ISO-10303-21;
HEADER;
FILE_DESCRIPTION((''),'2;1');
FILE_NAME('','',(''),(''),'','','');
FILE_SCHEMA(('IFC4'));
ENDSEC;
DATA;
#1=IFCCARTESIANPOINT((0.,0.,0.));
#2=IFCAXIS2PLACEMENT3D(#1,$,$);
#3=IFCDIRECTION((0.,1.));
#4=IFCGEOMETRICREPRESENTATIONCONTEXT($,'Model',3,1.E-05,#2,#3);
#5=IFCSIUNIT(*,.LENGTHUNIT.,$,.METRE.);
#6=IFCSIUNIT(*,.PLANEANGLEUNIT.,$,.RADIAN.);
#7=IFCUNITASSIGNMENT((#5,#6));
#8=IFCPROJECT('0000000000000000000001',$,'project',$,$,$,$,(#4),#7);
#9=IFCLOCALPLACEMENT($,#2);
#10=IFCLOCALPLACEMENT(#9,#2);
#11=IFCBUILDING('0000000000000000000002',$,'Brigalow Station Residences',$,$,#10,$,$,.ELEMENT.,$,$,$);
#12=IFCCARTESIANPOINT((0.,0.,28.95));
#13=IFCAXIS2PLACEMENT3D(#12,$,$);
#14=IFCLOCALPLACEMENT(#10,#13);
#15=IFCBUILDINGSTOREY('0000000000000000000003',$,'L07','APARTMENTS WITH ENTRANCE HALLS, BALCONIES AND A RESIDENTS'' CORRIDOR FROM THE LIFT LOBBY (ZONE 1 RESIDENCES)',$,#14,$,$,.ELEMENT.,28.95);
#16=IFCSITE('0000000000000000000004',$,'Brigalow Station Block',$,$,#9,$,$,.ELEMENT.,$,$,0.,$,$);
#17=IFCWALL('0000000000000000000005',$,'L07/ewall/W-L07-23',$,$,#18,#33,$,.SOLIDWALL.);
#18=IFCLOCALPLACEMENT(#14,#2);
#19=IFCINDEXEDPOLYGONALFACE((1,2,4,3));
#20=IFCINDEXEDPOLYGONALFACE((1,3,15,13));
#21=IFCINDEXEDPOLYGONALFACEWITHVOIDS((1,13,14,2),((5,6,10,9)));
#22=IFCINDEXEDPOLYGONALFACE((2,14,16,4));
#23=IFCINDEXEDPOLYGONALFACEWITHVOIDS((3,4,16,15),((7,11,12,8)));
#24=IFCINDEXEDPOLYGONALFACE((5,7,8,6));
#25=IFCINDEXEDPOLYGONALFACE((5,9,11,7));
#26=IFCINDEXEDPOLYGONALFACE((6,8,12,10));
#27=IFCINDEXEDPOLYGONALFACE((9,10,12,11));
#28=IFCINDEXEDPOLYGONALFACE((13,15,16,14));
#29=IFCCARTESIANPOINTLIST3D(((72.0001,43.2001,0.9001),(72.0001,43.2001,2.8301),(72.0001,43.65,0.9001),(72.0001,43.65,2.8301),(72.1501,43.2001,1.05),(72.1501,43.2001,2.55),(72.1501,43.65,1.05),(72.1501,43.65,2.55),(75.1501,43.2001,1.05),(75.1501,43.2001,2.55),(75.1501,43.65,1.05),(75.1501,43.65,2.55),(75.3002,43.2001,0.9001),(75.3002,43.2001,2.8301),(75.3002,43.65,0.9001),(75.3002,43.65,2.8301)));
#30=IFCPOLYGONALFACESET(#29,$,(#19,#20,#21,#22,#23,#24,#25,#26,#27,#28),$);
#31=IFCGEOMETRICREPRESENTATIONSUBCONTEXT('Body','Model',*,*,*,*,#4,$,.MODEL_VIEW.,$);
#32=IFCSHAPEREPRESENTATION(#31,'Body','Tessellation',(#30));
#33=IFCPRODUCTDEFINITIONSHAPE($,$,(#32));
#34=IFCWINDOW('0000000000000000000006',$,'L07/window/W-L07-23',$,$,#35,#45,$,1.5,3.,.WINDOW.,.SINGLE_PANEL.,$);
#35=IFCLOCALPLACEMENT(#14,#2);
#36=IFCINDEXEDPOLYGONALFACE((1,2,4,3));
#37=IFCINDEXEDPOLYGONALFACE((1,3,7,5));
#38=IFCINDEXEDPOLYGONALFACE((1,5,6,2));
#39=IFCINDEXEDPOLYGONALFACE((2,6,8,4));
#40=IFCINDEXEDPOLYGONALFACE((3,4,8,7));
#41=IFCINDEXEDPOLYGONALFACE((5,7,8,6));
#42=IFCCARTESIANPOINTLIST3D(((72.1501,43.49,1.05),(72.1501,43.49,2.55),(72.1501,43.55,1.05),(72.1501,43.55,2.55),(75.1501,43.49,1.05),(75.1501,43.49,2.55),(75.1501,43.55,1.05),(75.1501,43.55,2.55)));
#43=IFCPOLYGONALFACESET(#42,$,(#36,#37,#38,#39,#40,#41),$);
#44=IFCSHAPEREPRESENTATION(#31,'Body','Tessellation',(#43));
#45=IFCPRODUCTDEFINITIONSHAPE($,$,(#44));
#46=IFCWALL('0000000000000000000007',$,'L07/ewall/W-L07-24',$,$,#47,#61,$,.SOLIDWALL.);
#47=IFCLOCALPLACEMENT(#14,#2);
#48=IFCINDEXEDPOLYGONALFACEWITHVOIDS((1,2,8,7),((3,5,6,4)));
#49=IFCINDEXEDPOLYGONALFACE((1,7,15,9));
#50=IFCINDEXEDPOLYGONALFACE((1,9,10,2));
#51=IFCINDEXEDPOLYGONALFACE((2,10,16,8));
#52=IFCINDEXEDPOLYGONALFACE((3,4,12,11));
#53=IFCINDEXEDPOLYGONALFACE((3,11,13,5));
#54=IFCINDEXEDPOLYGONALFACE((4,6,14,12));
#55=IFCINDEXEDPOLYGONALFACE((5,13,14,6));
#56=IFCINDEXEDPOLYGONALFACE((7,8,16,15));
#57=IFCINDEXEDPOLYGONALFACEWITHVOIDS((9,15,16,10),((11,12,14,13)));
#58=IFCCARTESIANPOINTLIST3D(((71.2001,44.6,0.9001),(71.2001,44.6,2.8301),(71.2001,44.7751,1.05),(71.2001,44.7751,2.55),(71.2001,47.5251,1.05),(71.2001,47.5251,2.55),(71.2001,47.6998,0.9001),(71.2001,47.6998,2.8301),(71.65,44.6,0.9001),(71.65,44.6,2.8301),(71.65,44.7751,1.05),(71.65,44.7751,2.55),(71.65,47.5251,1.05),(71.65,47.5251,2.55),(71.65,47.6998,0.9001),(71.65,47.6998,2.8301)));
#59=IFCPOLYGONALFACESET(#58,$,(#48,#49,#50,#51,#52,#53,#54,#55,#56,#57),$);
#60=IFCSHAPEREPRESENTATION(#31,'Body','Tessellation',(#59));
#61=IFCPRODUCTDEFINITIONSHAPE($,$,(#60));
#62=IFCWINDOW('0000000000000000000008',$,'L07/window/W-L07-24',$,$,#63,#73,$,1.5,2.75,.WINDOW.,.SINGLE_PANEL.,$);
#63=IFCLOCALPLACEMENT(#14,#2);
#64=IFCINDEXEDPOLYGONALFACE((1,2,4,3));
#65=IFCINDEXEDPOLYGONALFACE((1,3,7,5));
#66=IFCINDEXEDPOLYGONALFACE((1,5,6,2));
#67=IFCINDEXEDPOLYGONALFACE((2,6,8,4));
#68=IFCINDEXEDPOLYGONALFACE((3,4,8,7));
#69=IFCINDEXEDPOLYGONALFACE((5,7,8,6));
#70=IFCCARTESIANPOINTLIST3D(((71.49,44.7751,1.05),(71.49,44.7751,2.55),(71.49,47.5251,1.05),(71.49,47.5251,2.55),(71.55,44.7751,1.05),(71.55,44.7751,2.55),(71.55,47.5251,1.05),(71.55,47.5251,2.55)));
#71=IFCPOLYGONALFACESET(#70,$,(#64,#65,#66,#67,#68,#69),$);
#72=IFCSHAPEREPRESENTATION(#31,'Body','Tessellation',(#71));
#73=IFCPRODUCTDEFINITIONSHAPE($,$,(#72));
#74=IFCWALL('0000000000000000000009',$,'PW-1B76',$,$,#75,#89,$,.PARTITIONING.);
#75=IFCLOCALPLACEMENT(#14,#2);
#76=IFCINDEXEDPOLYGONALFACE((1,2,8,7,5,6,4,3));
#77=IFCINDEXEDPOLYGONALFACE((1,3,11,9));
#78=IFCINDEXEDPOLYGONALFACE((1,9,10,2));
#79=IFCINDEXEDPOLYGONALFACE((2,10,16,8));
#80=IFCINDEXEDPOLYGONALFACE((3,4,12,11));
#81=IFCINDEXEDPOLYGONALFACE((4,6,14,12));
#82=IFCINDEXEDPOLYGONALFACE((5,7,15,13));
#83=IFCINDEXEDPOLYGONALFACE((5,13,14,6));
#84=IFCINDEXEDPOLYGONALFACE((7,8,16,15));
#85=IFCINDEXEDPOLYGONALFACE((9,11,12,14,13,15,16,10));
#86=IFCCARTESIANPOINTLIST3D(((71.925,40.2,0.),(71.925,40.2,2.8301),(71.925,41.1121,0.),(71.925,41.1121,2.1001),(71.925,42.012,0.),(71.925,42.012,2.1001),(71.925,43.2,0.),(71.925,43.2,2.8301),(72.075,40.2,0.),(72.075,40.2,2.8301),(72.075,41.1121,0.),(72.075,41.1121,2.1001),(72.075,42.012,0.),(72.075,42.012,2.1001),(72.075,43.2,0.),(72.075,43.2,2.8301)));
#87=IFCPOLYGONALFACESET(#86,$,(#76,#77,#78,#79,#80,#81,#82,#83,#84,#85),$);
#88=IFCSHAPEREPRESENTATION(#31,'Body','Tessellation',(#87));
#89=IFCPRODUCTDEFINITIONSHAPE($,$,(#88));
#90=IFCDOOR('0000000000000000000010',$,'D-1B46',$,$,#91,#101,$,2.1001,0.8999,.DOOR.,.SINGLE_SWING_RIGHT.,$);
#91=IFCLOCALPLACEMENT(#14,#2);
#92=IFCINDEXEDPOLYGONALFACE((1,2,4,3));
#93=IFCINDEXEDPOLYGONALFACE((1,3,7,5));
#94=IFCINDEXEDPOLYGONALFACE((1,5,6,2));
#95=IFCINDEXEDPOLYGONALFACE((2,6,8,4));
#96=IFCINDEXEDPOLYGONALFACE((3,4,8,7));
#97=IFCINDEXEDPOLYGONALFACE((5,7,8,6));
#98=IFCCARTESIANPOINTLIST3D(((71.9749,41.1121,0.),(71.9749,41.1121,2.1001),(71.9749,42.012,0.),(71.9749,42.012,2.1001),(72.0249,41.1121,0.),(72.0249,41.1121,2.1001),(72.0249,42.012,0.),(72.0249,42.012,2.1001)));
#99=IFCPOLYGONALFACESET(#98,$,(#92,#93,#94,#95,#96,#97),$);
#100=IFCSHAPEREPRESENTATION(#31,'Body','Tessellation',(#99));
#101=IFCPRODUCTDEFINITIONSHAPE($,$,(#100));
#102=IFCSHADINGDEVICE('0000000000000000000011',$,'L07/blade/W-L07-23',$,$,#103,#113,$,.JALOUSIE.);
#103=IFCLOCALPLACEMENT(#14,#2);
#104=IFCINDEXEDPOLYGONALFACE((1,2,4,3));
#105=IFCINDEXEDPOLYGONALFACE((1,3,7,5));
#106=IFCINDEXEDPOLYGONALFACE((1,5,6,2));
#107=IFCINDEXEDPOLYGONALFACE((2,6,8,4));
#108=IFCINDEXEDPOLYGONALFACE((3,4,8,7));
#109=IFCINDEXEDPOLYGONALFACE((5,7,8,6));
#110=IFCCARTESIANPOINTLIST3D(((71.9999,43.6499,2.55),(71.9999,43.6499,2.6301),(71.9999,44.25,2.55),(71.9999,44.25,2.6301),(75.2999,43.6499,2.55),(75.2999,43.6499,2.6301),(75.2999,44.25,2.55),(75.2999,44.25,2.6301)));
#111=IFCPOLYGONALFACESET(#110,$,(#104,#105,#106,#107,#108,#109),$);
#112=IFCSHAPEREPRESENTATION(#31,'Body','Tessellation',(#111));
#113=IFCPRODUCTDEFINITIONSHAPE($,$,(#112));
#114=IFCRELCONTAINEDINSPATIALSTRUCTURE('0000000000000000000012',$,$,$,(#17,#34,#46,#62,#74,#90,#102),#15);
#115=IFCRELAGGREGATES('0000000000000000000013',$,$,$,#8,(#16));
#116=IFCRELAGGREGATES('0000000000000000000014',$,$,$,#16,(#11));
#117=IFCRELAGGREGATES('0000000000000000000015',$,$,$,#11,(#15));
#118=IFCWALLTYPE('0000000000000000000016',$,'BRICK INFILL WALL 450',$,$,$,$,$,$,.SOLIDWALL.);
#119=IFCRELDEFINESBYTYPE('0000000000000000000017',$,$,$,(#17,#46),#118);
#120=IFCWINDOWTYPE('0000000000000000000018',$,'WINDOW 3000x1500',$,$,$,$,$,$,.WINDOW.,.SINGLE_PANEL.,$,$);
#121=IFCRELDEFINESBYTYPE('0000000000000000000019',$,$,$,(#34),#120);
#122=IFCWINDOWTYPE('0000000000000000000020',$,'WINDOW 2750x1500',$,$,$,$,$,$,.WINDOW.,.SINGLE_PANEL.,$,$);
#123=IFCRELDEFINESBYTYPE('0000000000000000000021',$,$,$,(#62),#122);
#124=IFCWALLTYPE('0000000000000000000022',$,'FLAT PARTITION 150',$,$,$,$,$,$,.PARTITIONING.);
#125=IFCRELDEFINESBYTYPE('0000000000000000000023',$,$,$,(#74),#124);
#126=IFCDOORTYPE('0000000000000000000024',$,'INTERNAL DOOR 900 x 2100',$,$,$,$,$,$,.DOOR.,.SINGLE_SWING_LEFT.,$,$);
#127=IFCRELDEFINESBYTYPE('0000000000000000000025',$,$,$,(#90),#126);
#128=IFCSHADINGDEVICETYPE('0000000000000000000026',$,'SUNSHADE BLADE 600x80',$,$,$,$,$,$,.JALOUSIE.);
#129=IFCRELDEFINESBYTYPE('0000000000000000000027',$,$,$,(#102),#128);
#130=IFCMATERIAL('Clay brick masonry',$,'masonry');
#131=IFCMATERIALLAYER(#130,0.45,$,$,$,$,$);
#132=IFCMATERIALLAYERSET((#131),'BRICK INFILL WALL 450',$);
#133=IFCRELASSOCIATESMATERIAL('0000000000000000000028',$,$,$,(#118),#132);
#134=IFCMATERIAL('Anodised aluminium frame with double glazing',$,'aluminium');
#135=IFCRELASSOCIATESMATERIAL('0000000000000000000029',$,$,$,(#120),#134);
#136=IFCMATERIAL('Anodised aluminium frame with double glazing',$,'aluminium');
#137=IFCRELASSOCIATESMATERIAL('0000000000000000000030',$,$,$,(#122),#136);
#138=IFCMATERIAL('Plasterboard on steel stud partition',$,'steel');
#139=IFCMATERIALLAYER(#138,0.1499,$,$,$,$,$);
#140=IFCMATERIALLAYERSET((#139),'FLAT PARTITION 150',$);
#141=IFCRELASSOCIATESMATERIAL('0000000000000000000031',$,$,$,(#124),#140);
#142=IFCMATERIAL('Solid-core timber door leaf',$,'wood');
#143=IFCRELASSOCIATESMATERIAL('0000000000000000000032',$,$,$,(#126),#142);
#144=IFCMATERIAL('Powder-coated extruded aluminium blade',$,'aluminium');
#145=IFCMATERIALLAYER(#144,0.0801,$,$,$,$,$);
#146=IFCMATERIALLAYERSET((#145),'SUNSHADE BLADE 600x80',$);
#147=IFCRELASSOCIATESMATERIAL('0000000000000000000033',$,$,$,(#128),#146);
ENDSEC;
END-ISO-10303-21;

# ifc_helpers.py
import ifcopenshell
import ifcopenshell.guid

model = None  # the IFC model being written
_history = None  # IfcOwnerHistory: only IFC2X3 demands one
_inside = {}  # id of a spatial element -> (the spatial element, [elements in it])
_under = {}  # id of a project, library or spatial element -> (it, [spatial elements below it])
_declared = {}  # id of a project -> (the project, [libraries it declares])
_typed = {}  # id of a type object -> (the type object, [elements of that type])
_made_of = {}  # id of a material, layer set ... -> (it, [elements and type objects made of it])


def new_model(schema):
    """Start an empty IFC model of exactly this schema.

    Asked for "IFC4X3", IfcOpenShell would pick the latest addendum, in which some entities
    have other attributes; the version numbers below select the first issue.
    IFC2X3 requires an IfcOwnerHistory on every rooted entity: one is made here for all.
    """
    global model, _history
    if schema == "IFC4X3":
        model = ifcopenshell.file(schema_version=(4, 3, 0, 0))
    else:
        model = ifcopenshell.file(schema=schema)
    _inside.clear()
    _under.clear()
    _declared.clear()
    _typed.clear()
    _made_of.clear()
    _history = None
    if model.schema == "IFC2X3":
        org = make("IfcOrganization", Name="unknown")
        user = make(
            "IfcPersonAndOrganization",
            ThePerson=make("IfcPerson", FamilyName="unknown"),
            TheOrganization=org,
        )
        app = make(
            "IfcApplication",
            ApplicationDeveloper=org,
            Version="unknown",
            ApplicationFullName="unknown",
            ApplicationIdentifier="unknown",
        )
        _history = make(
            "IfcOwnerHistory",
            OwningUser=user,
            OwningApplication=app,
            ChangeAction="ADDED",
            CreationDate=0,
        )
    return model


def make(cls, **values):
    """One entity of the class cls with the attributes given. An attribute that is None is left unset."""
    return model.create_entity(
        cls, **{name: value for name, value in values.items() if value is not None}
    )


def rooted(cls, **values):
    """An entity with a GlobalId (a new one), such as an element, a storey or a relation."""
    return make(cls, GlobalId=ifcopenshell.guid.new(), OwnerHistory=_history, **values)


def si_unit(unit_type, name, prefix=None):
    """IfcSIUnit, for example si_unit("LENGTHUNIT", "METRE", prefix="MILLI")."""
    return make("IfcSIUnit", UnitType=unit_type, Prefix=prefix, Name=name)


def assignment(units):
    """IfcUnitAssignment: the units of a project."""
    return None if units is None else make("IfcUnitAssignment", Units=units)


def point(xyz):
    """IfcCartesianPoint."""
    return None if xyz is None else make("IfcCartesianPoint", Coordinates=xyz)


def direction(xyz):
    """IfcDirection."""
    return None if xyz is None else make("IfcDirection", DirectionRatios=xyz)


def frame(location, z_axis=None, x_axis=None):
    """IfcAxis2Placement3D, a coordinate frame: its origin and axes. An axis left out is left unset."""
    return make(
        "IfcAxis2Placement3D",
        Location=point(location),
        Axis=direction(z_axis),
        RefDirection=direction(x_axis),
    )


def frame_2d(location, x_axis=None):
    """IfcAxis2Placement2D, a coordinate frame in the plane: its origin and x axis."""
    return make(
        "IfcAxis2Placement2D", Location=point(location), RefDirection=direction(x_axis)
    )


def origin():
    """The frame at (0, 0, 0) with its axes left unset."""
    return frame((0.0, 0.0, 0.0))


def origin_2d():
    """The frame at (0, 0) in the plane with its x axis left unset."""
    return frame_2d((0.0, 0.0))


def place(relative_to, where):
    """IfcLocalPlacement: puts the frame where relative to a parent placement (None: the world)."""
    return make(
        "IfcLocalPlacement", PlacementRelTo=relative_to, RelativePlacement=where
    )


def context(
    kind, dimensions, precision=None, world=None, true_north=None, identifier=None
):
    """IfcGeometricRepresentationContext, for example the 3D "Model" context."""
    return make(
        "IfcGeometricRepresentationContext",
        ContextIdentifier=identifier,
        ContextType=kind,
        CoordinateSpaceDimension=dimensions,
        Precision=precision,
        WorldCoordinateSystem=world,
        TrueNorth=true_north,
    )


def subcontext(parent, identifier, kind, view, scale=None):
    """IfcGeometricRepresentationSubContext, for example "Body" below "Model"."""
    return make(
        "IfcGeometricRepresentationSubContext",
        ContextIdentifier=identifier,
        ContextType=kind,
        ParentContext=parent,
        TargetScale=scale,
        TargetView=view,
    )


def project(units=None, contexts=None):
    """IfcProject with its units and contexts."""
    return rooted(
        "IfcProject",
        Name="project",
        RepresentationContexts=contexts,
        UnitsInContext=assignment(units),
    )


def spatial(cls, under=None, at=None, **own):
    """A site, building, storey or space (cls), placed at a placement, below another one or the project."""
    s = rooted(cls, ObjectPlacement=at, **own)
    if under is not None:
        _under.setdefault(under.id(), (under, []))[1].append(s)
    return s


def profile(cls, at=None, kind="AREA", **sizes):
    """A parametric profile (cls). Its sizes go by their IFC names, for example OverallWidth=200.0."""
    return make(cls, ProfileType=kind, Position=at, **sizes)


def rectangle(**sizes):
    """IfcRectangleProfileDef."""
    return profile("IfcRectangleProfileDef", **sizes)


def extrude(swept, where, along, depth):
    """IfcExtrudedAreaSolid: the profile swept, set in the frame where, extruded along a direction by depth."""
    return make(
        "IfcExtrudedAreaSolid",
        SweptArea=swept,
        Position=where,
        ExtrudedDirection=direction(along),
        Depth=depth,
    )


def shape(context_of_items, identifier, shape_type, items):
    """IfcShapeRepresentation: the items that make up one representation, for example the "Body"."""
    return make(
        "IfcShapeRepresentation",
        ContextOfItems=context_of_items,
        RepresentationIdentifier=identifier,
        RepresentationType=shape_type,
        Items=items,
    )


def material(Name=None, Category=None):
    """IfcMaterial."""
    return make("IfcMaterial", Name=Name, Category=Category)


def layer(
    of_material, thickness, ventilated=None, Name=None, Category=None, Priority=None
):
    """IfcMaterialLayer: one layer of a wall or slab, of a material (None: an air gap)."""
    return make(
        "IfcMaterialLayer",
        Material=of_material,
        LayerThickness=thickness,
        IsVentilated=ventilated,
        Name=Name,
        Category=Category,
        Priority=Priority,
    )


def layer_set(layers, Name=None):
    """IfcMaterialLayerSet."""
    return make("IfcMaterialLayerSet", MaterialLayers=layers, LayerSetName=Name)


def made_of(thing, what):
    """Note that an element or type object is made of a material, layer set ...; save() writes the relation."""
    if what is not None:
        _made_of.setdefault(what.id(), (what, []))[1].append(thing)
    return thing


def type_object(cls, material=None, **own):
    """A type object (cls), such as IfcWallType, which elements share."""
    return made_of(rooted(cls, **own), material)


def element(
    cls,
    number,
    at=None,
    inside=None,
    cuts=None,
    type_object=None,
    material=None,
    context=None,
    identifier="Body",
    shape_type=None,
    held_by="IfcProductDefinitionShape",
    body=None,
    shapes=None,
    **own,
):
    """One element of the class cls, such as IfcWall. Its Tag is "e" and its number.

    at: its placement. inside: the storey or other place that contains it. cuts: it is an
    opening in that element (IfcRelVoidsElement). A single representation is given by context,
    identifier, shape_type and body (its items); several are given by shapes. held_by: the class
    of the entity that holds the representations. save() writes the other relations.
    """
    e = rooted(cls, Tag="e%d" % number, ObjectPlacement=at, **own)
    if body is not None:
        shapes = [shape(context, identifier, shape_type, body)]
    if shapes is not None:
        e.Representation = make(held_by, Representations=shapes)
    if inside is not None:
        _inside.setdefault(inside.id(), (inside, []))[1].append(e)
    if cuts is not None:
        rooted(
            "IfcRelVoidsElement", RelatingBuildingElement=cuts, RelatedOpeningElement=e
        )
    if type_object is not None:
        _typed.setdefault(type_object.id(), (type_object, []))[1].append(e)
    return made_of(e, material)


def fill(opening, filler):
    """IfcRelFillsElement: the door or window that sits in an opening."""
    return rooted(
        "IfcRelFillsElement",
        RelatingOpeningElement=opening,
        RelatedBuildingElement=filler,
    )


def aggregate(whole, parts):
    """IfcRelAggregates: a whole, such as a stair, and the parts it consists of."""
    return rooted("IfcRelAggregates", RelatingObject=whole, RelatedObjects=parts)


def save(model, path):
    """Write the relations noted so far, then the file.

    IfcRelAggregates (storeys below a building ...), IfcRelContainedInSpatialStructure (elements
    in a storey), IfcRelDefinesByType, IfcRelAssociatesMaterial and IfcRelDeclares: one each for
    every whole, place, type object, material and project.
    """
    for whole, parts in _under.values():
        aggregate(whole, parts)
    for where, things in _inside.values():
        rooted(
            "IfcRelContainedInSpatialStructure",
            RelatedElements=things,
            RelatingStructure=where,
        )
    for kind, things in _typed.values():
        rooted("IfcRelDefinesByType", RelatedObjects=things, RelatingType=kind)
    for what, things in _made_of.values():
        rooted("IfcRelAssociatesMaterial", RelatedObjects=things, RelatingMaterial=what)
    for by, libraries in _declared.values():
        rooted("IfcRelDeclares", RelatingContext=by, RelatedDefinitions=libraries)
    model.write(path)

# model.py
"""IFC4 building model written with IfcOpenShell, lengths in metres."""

from ifc_helpers import new_model, si_unit, direction, frame, frame_2d, origin, origin_2d, place, context, subcontext, project, spatial, rectangle, extrude, material, layer, layer_set, type_object, element, fill, save


model = new_model("IFC4")

# Units and contexts
model_context = context("Model", 3, precision=1e-05, world=origin(), true_north=direction((0.0, 1.0)))
body_context = subcontext(model_context, "Body", "Model", "MODEL_VIEW")
ifc_project = project(units=[si_unit("LENGTHUNIT", "METRE"), si_unit("PLANEANGLEUNIT", "RADIAN")], contexts=[model_context])

# Site, building, storey
site_placement = place(None, origin())
site = spatial("IfcSite", under=ifc_project, at=site_placement, Name="Brigalow Station Block", CompositionType="ELEMENT", RefElevation=0.0)
building_placement = place(site_placement, origin())
building = spatial("IfcBuilding", under=site, at=building_placement, Name="Brigalow Station Residences", CompositionType="ELEMENT")
storey_placement = place(building_placement, frame((0.0, 0.0, 28.95)))
storey = spatial("IfcBuildingStorey", under=building, at=storey_placement, Name="L07", Description="APARTMENTS WITH ENTRANCE HALLS, BALCONIES AND A RESIDENTS' CORRIDOR FROM THE LIFT LOBBY (ZONE 1 RESIDENCES)", CompositionType="ELEMENT", Elevation=28.95)

# Walls, openings, windows
ifc_material_1 = material(Name="Clay brick masonry", Category="masonry")
ifc_layer_1 = layer(ifc_material_1, 0.45)
ifc_layer_set_1 = layer_set([ifc_layer_1], Name="BRICK INFILL WALL 450")
wall_type_1 = type_object("IfcWallType", Name="BRICK INFILL WALL 450", PredefinedType="SOLIDWALL", material=ifc_layer_set_1)
wall_1_placement = place(storey_placement, frame((75.3, 43.425, 0.9001), z_axis=(0.0, 0.0, 1.0), x_axis=(-1.0, 0.0, 0.0)))
wall_1 = element("IfcWall", 1, at=wall_1_placement, inside=storey, type_object=wall_type_1, Name="L07/ewall/W-L07-23", PredefinedType="SOLIDWALL", context=body_context, shape_type="SweptSolid", body=[
    extrude(rectangle(XDim=3.3, YDim=0.45, at=frame_2d((1.6499, 0.0))), origin(), (0.0, 0.0, 1.0), 1.9299),
])
opening_1_placement = place(wall_1_placement, frame((0.1499, 0.0, 0.1499)))
opening_1 = element("IfcOpeningElement", 2, at=opening_1_placement, cuts=wall_1, PredefinedType="OPENING", context=body_context, shape_type="SweptSolid", body=[
    extrude(rectangle(XDim=3.0, YDim=1.5, at=frame_2d((1.5, 0.75))), frame((0.0, 0.2349, 0.0), z_axis=(0.0, -1.0, 0.0), x_axis=(1.0, 0.0, 0.0)), (0.0, 0.0, 1.0), 0.47),
])
ifc_material_2 = material(Name="Anodised aluminium frame with double glazing", Category="aluminium")
window_type_1 = type_object("IfcWindowType", Name="WINDOW 3000x1500", PartitioningType="SINGLE_PANEL", PredefinedType="WINDOW", material=ifc_material_2)
window_1_placement = place(opening_1_placement, origin())
window_1 = element("IfcWindow", 3, at=window_1_placement, inside=storey, type_object=window_type_1, Name="L07/window/W-L07-23", OverallHeight=1.5, OverallWidth=3.0, PartitioningType="SINGLE_PANEL", PredefinedType="WINDOW", context=body_context, shape_type="SweptSolid", body=[
    extrude(rectangle(XDim=3.0, YDim=1.5, at=frame_2d((1.5, 0.75))), frame((0.0, -0.0649, 0.0), z_axis=(0.0, -1.0, 0.0), x_axis=(1.0, 0.0, 0.0)), (0.0, 0.0, 1.0), 0.0601),
])
fill(opening_1, window_1)
wall_2_placement = place(storey_placement, frame((71.425, 44.6001, 0.9001), z_axis=(0.0, 0.0, 1.0), x_axis=(0.0, 1.0, 0.0)))
wall_2 = element("IfcWall", 4, at=wall_2_placement, inside=storey, type_object=wall_type_1, Name="L07/ewall/W-L07-24", PredefinedType="SOLIDWALL", context=body_context, shape_type="SweptSolid", body=[
    extrude(rectangle(XDim=3.0999, YDim=0.45, at=frame_2d((1.5498, 0.0))), origin(), (0.0, 0.0, 1.0), 1.9299),
])
opening_2_placement = place(wall_2_placement, frame((0.175, 0.0, 0.1499)))
opening_2 = element("IfcOpeningElement", 5, at=opening_2_placement, cuts=wall_2, PredefinedType="OPENING", context=body_context, shape_type="SweptSolid", body=[
    extrude(rectangle(XDim=2.75, YDim=1.5, at=frame_2d((1.375, 0.75))), frame((0.0, 0.2349, 0.0), z_axis=(0.0, -1.0, 0.0), x_axis=(1.0, 0.0, 0.0)), (0.0, 0.0, 1.0), 0.47),
])
ifc_material_3 = material(Name="Anodised aluminium frame with double glazing", Category="aluminium")
window_type_2 = type_object("IfcWindowType", Name="WINDOW 2750x1500", PartitioningType="SINGLE_PANEL", PredefinedType="WINDOW", material=ifc_material_3)
window_2_placement = place(opening_2_placement, origin())
window_2 = element("IfcWindow", 6, at=window_2_placement, inside=storey, type_object=window_type_2, Name="L07/window/W-L07-24", OverallHeight=1.5, OverallWidth=2.75, PartitioningType="SINGLE_PANEL", PredefinedType="WINDOW", context=body_context, shape_type="SweptSolid", body=[
    extrude(rectangle(XDim=2.75, YDim=1.5, at=frame_2d((1.375, 0.75))), frame((0.0, -0.0649, 0.0), z_axis=(0.0, -1.0, 0.0), x_axis=(1.0, 0.0, 0.0)), (0.0, 0.0, 1.0), 0.0601),
])
fill(opening_2, window_2)

# Wall, opening, door
ifc_material_4 = material(Name="Plasterboard on steel stud partition", Category="steel")
ifc_layer_2 = layer(ifc_material_4, 0.1499)
ifc_layer_set_2 = layer_set([ifc_layer_2], Name="FLAT PARTITION 150")
wall_type_2 = type_object("IfcWallType", Name="FLAT PARTITION 150", PredefinedType="PARTITIONING", material=ifc_layer_set_2)
wall_3_placement = place(storey_placement, frame((72.0, 40.2, 0.0), z_axis=(0.0, 0.0, 1.0), x_axis=(0.0, 1.0, 0.0)))
wall_3 = element("IfcWall", 7, at=wall_3_placement, inside=storey, type_object=wall_type_2, Name="PW-1B76", PredefinedType="PARTITIONING", context=body_context, shape_type="SweptSolid", body=[
    extrude(rectangle(XDim=3.0, YDim=0.1499, at=frame_2d((1.5, 0.0))), origin(), (0.0, 0.0, 1.0), 2.8301),
])
opening_3_placement = place(wall_3_placement, frame((0.9121, 0.0, 0.0)))
opening_3 = element("IfcOpeningElement", 8, at=opening_3_placement, cuts=wall_3, PredefinedType="OPENING", context=body_context, shape_type="SweptSolid", body=[
    extrude(rectangle(XDim=0.8999, YDim=2.1001, at=frame_2d((0.45, 1.05))), frame((0.0, 0.085, 0.0), z_axis=(0.0, -1.0, 0.0), x_axis=(1.0, 0.0, 0.0)), (0.0, 0.0, 1.0), 0.1699),
])
ifc_material_5 = material(Name="Solid-core timber door leaf", Category="wood")
door_type = type_object("IfcDoorType", Name="INTERNAL DOOR 900 x 2100", OperationType="SINGLE_SWING_LEFT", PredefinedType="DOOR", material=ifc_material_5)
door_placement = place(opening_3_placement, frame((0.8999, 0.0, 0.0), z_axis=(0.0, 0.0, 1.0), x_axis=(-1.0, 0.0, 0.0)))
door = element("IfcDoor", 9, at=door_placement, inside=storey, type_object=door_type, Name="D-1B46", OperationType="SINGLE_SWING_RIGHT", OverallHeight=2.1001, OverallWidth=0.8999, PredefinedType="DOOR", context=body_context, shape_type="SweptSolid", body=[
    extrude(rectangle(XDim=0.8999, YDim=2.1001, at=frame_2d((0.45, 1.05))), frame((0.0, 0.0249, 0.0), z_axis=(0.0, -1.0, 0.0), x_axis=(1.0, 0.0, 0.0)), (0.0, 0.0, 1.0), 0.05),
])
fill(opening_3, door)

# Shading device
ifc_material_6 = material(Name="Powder-coated extruded aluminium blade", Category="aluminium")
ifc_layer_3 = layer(ifc_material_6, 0.0801)
ifc_layer_set_3 = layer_set([ifc_layer_3], Name="SUNSHADE BLADE 600x80")
shading_device_type = type_object("IfcShadingDeviceType", Name="SUNSHADE BLADE 600x80", PredefinedType="JALOUSIE", material=ifc_layer_set_3)
shading_device_placement = place(storey_placement, frame((73.6499, 43.95, 2.55), z_axis=(0.0, 0.0, 1.0), x_axis=(-1.0, 0.0, 0.0)))
element("IfcShadingDevice", 10, at=shading_device_placement, inside=storey, type_object=shading_device_type, Name="L07/blade/W-L07-23", PredefinedType="JALOUSIE", context=body_context, shape_type="SweptSolid", body=[
    extrude(rectangle(XDim=3.3, YDim=0.6001, at=origin_2d()), origin(), (0.0, 0.0, 1.0), 0.0801),
])

save(model, "model.ifc")
